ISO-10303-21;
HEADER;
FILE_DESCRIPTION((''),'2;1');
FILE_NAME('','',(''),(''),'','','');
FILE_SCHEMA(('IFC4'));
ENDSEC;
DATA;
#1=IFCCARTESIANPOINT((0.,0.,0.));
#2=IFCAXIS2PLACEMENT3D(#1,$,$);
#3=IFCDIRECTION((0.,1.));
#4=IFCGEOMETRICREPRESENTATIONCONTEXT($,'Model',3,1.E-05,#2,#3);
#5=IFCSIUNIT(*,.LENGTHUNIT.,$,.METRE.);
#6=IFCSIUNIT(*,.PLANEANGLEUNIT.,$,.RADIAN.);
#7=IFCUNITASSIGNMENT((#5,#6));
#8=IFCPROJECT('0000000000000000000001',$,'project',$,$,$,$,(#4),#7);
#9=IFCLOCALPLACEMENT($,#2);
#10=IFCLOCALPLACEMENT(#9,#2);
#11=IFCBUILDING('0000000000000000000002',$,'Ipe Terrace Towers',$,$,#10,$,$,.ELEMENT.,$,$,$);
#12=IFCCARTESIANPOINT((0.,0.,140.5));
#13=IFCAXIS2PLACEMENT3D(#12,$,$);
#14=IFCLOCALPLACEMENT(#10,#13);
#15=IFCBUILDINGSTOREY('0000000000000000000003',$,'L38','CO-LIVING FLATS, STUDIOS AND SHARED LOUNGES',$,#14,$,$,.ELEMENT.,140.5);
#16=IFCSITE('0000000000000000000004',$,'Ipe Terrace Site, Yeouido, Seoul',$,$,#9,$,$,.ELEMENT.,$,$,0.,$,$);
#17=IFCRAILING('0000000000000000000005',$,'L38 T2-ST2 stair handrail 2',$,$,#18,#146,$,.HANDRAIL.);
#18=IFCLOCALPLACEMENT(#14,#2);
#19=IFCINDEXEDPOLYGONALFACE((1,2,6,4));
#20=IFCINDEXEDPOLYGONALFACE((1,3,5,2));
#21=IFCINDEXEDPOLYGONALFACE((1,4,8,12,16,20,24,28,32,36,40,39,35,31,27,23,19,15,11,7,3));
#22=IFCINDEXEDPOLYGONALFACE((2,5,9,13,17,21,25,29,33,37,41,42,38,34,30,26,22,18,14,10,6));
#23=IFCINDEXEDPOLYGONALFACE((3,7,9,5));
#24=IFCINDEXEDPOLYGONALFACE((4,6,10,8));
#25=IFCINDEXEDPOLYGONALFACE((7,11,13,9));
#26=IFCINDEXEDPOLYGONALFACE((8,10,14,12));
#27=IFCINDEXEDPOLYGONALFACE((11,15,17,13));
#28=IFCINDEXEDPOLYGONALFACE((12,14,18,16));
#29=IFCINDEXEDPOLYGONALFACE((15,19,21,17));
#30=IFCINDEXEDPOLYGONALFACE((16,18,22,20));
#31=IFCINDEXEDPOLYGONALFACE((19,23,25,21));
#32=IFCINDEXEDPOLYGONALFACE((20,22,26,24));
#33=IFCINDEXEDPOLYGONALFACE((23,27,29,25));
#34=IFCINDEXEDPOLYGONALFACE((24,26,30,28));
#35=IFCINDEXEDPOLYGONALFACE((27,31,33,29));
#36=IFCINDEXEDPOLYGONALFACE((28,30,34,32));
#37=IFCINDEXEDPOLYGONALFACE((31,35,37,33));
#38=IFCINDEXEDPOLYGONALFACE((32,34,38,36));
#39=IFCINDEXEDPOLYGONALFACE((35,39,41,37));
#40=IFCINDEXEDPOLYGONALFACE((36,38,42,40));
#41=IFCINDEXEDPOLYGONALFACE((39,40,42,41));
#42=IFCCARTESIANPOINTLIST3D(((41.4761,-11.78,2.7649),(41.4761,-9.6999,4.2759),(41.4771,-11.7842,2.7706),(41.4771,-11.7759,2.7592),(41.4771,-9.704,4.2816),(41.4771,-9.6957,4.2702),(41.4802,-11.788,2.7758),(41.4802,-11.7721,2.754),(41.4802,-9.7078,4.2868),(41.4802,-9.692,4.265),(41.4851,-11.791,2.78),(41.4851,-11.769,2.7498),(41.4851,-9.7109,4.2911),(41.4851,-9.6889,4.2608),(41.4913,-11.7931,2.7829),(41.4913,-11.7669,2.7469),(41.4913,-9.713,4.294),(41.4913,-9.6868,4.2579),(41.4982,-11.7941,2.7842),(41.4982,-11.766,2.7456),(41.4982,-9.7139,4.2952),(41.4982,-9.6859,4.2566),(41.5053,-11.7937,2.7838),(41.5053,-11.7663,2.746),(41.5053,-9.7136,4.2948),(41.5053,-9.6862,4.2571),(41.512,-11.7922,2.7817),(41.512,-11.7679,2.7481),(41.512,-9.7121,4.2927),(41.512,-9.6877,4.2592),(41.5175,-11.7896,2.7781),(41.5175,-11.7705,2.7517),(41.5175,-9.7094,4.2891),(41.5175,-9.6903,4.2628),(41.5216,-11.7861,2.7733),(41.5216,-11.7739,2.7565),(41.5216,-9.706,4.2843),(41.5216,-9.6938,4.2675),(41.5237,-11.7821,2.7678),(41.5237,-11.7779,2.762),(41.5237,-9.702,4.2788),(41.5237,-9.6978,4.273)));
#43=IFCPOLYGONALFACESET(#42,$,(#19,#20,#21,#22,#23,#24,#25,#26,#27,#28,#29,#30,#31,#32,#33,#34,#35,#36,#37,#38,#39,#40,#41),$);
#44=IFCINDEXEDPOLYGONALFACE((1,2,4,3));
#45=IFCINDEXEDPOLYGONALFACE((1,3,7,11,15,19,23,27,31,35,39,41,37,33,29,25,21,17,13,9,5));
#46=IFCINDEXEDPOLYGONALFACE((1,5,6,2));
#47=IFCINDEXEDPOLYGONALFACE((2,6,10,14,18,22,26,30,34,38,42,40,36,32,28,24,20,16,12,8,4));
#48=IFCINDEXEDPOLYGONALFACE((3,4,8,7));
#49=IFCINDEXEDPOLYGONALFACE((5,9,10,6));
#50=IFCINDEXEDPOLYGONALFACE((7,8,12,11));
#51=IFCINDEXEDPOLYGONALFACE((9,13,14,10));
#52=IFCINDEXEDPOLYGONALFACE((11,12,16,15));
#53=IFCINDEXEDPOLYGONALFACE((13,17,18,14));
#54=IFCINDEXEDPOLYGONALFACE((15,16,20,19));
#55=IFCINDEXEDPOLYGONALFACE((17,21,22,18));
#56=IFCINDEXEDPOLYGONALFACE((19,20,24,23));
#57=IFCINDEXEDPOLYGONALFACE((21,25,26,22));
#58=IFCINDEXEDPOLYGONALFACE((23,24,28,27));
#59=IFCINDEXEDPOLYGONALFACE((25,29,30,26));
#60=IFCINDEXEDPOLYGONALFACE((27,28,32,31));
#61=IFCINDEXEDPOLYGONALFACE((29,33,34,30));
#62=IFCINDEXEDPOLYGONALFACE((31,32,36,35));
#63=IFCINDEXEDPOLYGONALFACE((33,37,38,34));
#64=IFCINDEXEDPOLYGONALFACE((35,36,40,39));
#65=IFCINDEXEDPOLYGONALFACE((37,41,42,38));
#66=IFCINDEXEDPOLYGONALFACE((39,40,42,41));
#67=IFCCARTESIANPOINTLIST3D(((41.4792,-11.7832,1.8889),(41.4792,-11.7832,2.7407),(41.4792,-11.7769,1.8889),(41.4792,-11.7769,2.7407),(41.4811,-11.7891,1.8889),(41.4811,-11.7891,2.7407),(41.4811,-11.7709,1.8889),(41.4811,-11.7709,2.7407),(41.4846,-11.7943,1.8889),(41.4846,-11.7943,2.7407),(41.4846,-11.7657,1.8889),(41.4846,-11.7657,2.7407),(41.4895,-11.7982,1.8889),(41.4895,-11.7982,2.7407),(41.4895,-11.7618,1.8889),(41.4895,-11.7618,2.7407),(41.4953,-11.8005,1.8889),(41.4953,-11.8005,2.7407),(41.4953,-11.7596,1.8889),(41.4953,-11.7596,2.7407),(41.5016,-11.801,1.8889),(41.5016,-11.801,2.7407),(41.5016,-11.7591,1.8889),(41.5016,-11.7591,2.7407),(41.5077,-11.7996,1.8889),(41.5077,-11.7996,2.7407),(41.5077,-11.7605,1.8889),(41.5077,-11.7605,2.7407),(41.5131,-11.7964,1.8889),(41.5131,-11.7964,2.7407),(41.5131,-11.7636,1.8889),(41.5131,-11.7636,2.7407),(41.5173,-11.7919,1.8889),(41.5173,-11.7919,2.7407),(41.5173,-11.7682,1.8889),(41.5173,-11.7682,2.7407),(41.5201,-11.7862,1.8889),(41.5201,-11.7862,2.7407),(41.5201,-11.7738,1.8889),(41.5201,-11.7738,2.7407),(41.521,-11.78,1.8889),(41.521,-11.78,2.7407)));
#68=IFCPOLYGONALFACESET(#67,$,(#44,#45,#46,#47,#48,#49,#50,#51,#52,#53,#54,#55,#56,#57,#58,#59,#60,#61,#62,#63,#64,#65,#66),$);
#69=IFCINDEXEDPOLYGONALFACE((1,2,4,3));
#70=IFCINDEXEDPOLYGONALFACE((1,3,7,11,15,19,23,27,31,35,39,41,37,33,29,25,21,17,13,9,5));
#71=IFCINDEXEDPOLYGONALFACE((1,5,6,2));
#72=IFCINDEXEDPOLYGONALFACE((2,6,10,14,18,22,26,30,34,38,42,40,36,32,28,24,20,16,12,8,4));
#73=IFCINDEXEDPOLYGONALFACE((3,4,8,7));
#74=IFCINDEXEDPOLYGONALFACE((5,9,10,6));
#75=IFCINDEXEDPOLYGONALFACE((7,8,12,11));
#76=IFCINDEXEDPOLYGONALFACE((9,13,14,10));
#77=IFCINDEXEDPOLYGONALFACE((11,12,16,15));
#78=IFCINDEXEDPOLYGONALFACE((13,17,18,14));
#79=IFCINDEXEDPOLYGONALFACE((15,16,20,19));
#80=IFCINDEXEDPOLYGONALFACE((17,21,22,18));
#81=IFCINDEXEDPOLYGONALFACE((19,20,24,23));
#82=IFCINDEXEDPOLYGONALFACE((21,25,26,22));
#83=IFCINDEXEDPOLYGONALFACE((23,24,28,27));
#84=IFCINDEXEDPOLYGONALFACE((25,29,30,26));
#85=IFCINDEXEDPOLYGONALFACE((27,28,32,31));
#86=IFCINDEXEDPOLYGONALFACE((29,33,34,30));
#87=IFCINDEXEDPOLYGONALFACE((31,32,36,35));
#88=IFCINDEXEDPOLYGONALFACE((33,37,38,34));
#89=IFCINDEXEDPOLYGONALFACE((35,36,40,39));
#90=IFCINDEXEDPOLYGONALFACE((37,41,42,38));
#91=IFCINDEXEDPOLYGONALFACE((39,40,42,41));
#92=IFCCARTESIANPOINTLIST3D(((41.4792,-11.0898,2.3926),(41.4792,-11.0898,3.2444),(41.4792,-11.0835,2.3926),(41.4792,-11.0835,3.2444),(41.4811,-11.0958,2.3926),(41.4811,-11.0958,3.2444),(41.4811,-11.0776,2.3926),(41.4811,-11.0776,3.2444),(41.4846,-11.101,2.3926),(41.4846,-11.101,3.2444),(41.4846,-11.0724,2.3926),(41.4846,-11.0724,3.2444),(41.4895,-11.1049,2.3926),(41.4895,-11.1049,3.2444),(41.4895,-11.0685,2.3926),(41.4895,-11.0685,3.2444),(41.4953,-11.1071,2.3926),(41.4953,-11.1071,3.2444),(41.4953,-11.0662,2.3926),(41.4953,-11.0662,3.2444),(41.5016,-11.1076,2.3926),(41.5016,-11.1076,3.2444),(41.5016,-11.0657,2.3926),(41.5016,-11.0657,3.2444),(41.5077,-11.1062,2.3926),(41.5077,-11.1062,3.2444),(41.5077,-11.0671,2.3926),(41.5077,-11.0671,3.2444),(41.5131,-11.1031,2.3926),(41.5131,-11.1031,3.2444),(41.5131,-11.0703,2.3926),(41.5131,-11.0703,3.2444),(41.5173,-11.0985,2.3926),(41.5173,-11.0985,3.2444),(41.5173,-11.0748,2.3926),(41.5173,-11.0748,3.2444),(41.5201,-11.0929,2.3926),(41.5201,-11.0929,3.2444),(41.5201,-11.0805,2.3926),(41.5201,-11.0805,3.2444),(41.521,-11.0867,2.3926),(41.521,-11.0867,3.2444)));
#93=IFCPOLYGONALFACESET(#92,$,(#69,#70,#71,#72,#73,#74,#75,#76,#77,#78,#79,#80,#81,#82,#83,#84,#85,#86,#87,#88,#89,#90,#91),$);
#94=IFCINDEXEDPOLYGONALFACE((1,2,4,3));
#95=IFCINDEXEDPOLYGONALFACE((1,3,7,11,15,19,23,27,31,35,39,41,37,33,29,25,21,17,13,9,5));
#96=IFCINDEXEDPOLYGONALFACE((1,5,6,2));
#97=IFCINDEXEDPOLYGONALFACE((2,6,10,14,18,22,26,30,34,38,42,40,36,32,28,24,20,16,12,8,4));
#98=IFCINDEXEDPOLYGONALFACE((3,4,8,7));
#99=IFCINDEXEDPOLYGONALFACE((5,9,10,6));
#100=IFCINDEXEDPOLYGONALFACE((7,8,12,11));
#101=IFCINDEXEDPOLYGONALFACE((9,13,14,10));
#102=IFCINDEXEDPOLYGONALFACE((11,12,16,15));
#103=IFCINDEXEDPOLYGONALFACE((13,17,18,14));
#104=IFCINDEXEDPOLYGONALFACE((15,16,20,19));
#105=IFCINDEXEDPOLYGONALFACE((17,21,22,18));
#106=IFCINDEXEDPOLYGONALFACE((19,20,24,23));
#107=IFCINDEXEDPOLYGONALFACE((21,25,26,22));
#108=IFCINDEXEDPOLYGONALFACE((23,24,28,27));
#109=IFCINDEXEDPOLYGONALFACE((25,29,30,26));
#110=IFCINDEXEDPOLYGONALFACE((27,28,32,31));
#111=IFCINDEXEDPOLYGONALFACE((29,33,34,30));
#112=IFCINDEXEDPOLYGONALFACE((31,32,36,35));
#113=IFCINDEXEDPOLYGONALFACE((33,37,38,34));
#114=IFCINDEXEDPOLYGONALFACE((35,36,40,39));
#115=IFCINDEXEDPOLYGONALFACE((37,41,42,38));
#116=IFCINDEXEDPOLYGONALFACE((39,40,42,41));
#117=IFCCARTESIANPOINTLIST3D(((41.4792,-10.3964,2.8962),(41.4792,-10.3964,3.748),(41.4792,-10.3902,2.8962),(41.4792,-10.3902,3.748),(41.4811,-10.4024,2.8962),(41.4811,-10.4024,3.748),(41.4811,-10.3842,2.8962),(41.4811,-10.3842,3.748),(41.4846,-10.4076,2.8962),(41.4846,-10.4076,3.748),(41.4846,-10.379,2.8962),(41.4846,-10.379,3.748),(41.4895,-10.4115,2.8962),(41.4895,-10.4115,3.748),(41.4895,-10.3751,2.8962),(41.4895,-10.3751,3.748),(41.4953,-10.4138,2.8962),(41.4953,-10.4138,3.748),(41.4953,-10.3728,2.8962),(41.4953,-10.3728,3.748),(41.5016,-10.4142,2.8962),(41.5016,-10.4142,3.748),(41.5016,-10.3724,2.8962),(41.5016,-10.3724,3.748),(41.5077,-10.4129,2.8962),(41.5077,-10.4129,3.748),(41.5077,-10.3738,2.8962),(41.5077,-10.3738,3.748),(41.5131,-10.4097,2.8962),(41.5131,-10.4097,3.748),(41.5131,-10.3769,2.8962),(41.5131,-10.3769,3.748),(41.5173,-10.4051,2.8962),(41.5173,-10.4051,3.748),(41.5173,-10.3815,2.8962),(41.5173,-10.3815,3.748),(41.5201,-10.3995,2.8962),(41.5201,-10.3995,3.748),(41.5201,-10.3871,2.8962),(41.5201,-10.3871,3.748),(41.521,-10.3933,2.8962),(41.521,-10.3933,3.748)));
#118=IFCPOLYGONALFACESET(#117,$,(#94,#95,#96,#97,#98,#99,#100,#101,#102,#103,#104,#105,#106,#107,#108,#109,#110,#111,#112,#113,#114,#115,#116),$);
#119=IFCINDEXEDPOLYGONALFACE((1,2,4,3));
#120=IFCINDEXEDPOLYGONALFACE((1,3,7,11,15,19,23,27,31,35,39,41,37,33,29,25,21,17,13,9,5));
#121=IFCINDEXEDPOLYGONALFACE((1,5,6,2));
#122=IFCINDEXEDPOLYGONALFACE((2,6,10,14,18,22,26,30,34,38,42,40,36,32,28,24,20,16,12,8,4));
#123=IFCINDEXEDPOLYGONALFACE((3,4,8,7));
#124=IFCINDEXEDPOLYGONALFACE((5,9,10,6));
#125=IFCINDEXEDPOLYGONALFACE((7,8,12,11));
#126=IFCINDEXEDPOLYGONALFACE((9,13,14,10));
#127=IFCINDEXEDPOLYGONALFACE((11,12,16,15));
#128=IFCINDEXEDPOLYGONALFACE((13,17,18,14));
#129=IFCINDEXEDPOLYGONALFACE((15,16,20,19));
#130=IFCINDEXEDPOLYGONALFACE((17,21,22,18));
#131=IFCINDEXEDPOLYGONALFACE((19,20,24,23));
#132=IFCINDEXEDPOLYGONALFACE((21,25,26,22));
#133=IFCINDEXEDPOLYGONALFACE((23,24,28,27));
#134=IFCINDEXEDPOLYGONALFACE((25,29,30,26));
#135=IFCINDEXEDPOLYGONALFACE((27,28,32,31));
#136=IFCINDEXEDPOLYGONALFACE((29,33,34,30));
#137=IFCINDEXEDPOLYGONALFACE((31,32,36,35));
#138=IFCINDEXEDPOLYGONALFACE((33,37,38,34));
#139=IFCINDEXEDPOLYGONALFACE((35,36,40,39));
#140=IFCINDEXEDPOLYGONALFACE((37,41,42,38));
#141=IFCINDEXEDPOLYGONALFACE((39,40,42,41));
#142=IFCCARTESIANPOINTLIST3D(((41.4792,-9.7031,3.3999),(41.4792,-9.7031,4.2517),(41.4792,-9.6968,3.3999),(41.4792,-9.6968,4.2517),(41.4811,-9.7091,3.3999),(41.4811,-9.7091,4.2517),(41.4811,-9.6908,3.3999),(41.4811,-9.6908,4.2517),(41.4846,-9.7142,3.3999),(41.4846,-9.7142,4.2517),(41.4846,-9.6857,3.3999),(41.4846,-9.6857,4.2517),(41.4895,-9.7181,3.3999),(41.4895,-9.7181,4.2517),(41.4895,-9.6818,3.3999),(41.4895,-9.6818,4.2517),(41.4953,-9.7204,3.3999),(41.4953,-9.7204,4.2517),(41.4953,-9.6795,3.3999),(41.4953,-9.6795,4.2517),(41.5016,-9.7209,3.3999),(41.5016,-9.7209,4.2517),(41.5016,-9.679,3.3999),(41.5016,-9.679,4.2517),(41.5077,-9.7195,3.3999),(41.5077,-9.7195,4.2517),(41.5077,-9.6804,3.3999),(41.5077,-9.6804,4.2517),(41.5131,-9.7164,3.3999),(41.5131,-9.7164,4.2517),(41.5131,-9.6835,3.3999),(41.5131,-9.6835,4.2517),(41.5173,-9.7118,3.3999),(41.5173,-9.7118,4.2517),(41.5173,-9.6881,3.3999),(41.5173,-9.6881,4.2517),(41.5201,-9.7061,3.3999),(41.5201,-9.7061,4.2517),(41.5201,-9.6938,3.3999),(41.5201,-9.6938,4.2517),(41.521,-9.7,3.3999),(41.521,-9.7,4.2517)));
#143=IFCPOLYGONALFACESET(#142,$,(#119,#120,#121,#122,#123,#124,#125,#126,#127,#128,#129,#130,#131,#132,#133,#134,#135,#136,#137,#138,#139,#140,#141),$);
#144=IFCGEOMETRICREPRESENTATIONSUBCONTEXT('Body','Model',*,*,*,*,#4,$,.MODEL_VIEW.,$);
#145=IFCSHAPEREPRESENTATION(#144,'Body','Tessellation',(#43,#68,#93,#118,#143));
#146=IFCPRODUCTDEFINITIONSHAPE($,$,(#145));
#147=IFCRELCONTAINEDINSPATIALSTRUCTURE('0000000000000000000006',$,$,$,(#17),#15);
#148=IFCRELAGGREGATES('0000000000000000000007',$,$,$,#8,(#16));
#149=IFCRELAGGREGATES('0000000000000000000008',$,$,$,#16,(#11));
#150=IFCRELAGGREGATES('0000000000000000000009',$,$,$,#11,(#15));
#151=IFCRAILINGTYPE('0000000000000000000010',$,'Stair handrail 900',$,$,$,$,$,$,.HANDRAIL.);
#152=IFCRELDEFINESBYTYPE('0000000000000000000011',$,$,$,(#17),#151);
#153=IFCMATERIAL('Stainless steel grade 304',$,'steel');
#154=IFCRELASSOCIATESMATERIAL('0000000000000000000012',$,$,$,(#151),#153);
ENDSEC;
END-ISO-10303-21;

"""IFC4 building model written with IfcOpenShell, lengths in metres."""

from ifc_helpers import new_model, si_unit, direction, frame, origin, origin_2d, place, context, subcontext, project, spatial, circle, extrude, material, type_object, element, save


model = new_model("IFC4")

# Units and contexts
model_context = context("Model", 3, precision=1e-05, world=origin(), true_north=direction((0.0, 1.0)))
body_context = subcontext(model_context, "Body", "Model", "MODEL_VIEW")
ifc_project = project(units=[si_unit("LENGTHUNIT", "METRE"), si_unit("PLANEANGLEUNIT", "RADIAN")], contexts=[model_context])

# Site, building, storey
site_placement = place(None, origin())
site = spatial("IfcSite", under=ifc_project, at=site_placement, Name="Ipe Terrace Site, Yeouido, Seoul", CompositionType="ELEMENT", RefElevation=0.0)
building_placement = place(site_placement, origin())
building = spatial("IfcBuilding", under=site, at=building_placement, Name="Ipe Terrace Towers", CompositionType="ELEMENT")
storey_placement = place(building_placement, frame((0.0, 0.0, 140.5)))
storey = spatial("IfcBuildingStorey", under=building, at=storey_placement, Name="L38", Description="CO-LIVING FLATS, STUDIOS AND SHARED LOUNGES", CompositionType="ELEMENT", Elevation=140.5)

# Railing
ifc_material_1 = material(Name="Stainless steel grade 304", Category="steel")
railing_type_1 = type_object("IfcRailingType", Name="Stair handrail 900", PredefinedType="HANDRAIL", material=ifc_material_1)
railing_1_placement = place(storey_placement, frame((41.5, -11.78, 1.8889)))
element("IfcRailing", 1, at=railing_1_placement, inside=storey, type_object=railing_type_1, Name="L38 T2-ST2 stair handrail 2", PredefinedType="HANDRAIL", context=body_context, shape_type="SweptSolid", body=[
    extrude(circle(Radius=0.0239, at=origin_2d()), frame((0.0, 0.0, 0.876), z_axis=(0.0, 0.809069, 0.587714), x_axis=(-1.0, 0.0, 0.0)), (0.0, 0.0, 1.0), 2.571),
    extrude(circle(Radius=0.021, at=origin_2d()), origin(), (0.0, 0.0, 1.0), 0.8518),
    extrude(circle(Radius=0.021, at=origin_2d()), frame((0.0, 0.6934, 0.5037)), (0.0, 0.0, 1.0), 0.8518),
    extrude(circle(Radius=0.021, at=origin_2d()), frame((0.0, 1.3867, 1.0073)), (0.0, 0.0, 1.0), 0.8518),
    extrude(circle(Radius=0.021, at=origin_2d()), frame((0.0, 2.0801, 1.511)), (0.0, 0.0, 1.0), 0.8518),
])

save(model, "model.ifc")
